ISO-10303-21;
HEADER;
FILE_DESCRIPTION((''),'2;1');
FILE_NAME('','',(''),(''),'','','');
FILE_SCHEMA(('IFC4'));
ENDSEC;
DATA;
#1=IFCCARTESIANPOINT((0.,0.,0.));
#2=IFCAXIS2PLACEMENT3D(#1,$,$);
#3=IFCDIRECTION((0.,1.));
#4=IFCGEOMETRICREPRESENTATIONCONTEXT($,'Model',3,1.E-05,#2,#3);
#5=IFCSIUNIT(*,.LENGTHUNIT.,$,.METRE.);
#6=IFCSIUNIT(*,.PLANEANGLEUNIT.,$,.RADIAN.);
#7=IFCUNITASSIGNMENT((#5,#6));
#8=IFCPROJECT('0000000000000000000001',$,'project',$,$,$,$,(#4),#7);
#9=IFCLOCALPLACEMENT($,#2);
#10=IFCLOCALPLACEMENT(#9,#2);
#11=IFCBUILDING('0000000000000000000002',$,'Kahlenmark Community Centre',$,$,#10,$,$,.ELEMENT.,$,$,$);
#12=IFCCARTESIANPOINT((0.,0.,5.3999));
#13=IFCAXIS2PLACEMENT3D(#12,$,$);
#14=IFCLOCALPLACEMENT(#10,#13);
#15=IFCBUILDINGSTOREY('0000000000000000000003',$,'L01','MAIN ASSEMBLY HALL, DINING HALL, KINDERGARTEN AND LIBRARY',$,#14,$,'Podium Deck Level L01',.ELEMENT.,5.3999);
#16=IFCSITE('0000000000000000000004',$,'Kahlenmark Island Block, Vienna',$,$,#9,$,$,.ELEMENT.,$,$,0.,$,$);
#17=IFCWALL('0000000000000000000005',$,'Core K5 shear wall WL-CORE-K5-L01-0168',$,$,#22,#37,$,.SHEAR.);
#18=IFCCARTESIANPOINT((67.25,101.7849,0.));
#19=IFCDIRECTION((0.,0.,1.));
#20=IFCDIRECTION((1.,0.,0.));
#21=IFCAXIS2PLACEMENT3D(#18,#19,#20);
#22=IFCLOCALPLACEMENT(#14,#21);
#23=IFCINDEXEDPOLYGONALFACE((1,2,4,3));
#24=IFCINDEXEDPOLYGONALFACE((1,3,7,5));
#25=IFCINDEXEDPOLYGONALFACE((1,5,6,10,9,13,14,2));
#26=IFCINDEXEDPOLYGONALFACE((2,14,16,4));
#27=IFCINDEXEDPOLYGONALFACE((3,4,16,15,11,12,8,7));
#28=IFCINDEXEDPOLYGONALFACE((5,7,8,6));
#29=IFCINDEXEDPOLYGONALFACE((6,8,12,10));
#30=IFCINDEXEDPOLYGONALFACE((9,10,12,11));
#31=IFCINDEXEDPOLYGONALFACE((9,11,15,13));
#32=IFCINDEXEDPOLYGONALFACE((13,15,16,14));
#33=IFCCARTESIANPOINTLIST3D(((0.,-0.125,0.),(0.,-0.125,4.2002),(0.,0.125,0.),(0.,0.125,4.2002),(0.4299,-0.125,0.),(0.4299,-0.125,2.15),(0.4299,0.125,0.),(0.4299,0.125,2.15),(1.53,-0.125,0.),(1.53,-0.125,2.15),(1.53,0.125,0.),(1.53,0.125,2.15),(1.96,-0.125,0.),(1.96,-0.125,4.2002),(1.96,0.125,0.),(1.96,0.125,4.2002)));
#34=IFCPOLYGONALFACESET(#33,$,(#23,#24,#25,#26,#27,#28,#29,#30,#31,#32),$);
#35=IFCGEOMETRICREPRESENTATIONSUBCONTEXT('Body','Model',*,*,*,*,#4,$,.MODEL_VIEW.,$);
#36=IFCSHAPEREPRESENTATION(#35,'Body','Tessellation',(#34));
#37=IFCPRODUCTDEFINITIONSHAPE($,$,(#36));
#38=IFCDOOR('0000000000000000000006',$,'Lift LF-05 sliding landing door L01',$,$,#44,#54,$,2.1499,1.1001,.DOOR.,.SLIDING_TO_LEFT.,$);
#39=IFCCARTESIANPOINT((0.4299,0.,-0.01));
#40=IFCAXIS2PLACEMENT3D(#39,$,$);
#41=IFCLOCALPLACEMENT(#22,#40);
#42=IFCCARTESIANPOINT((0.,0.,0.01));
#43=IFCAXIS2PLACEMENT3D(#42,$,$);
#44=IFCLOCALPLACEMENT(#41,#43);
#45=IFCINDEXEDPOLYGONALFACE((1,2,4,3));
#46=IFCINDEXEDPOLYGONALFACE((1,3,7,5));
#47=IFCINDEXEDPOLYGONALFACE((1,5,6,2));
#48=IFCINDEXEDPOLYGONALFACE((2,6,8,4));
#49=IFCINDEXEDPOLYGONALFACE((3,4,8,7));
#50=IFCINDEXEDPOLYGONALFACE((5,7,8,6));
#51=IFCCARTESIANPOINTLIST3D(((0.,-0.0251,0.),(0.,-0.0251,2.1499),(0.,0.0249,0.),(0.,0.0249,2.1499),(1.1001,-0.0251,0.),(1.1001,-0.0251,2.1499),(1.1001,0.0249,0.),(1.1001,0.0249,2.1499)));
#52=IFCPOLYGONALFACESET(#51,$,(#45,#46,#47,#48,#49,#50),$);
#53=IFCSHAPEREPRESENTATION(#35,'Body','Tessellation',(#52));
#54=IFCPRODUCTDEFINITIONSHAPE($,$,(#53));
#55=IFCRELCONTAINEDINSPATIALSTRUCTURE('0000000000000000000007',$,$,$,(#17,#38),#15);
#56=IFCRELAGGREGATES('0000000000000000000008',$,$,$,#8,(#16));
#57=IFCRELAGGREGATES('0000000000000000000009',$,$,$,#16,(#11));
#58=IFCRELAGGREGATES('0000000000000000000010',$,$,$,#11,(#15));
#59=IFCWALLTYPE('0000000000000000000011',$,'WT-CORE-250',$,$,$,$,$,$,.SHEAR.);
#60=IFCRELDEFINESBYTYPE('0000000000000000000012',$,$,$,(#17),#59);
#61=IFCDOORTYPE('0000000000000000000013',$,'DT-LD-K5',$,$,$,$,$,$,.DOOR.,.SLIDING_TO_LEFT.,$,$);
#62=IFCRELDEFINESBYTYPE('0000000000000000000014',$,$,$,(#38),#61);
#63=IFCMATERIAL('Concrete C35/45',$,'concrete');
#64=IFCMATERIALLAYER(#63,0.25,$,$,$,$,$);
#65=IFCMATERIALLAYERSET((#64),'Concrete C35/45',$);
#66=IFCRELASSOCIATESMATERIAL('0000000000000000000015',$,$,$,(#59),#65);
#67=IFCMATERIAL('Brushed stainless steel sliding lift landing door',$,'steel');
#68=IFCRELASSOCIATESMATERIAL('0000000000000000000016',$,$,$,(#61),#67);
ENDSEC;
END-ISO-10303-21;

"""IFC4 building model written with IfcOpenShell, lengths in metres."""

from ifc_helpers import new_model, si_unit, direction, frame, frame_2d, origin, place, context, subcontext, project, spatial, rectangle, extrude, material, layer, layer_set, type_object, element, fill, save


model = new_model("IFC4")

# Units and contexts
model_context = context("Model", 3, precision=1e-05, world=origin(), true_north=direction((0.0, 1.0)))
body_context = subcontext(model_context, "Body", "Model", "MODEL_VIEW")
ifc_project = project(units=[si_unit("LENGTHUNIT", "METRE"), si_unit("PLANEANGLEUNIT", "RADIAN")], contexts=[model_context])

# Site, building, storey
site_placement = place(None, origin())
site = spatial("IfcSite", under=ifc_project, at=site_placement, Name="Kahlenmark Island Block, Vienna", CompositionType="ELEMENT", RefElevation=0.0)
building_placement = place(site_placement, origin())
building = spatial("IfcBuilding", under=site, at=building_placement, Name="Kahlenmark Community Centre", CompositionType="ELEMENT")
storey_placement = place(building_placement, frame((0.0, 0.0, 5.3999)))
storey = spatial("IfcBuildingStorey", under=building, at=storey_placement, Name="L01", Description="MAIN ASSEMBLY HALL, DINING HALL, KINDERGARTEN AND LIBRARY", LongName="Podium Deck Level L01", CompositionType="ELEMENT", Elevation=5.3999)

# Shared definitions
ifc_material_1 = material(Name="Concrete C35/45", Category="concrete")

# Shared definitions
ifc_layer_1 = layer(ifc_material_1, 0.25)
ifc_layer_set_1 = layer_set([ifc_layer_1], Name="Concrete C35/45")
wall_type_1 = type_object("IfcWallType", Name="WT-CORE-250", PredefinedType="SHEAR", material=ifc_layer_set_1)

# Wall, opening, door
wall_1_placement = place(storey_placement, frame((67.25, 101.7849, 0.0), z_axis=(0.0, 0.0, 1.0), x_axis=(1.0, 0.0, 0.0)))
wall_1 = element("IfcWall", 1, at=wall_1_placement, inside=storey, type_object=wall_type_1, Name="Core K5 shear wall WL-CORE-K5-L01-0168", PredefinedType="SHEAR", context=body_context, shape_type="SweptSolid", body=[
    extrude(rectangle(XDim=1.96, YDim=0.25, at=frame_2d((0.98, 0.0))), origin(), (0.0, 0.0, 1.0), 4.2002),
])
opening_1_placement = place(wall_1_placement, frame((0.4299, 0.0, -0.01)))
opening_1 = element("IfcOpeningElement", 2, at=opening_1_placement, cuts=wall_1, PredefinedType="OPENING", context=body_context, shape_type="SweptSolid", body=[
    extrude(rectangle(XDim=1.1001, YDim=2.1599, at=frame_2d((0.55, 1.0801))), frame((0.0, 0.135, 0.0), z_axis=(0.0, -1.0, 0.0), x_axis=(1.0, 0.0, 0.0)), (0.0, 0.0, 1.0), 0.27),
])
ifc_material_2 = material(Name="Brushed stainless steel sliding lift landing door", Category="steel")
door_type = type_object("IfcDoorType", Name="DT-LD-K5", OperationType="SLIDING_TO_LEFT", PredefinedType="DOOR", material=ifc_material_2)
door_placement = place(opening_1_placement, frame((0.0, 0.0, 0.01)))
door = element("IfcDoor", 3, at=door_placement, inside=storey, type_object=door_type, Name="Lift LF-05 sliding landing door L01", OperationType="SLIDING_TO_LEFT", OverallHeight=2.1499, OverallWidth=1.1001, PredefinedType="DOOR", context=body_context, shape_type="SweptSolid", body=[
    extrude(rectangle(XDim=1.1001, YDim=2.1499, at=frame_2d((0.55, 1.075))), frame((0.0, 0.0249, 0.0), z_axis=(0.0, -1.0, 0.0), x_axis=(1.0, 0.0, 0.0)), (0.0, 0.0, 1.0), 0.05),
])
fill(opening_1, door)

save(model, "model.ifc")
